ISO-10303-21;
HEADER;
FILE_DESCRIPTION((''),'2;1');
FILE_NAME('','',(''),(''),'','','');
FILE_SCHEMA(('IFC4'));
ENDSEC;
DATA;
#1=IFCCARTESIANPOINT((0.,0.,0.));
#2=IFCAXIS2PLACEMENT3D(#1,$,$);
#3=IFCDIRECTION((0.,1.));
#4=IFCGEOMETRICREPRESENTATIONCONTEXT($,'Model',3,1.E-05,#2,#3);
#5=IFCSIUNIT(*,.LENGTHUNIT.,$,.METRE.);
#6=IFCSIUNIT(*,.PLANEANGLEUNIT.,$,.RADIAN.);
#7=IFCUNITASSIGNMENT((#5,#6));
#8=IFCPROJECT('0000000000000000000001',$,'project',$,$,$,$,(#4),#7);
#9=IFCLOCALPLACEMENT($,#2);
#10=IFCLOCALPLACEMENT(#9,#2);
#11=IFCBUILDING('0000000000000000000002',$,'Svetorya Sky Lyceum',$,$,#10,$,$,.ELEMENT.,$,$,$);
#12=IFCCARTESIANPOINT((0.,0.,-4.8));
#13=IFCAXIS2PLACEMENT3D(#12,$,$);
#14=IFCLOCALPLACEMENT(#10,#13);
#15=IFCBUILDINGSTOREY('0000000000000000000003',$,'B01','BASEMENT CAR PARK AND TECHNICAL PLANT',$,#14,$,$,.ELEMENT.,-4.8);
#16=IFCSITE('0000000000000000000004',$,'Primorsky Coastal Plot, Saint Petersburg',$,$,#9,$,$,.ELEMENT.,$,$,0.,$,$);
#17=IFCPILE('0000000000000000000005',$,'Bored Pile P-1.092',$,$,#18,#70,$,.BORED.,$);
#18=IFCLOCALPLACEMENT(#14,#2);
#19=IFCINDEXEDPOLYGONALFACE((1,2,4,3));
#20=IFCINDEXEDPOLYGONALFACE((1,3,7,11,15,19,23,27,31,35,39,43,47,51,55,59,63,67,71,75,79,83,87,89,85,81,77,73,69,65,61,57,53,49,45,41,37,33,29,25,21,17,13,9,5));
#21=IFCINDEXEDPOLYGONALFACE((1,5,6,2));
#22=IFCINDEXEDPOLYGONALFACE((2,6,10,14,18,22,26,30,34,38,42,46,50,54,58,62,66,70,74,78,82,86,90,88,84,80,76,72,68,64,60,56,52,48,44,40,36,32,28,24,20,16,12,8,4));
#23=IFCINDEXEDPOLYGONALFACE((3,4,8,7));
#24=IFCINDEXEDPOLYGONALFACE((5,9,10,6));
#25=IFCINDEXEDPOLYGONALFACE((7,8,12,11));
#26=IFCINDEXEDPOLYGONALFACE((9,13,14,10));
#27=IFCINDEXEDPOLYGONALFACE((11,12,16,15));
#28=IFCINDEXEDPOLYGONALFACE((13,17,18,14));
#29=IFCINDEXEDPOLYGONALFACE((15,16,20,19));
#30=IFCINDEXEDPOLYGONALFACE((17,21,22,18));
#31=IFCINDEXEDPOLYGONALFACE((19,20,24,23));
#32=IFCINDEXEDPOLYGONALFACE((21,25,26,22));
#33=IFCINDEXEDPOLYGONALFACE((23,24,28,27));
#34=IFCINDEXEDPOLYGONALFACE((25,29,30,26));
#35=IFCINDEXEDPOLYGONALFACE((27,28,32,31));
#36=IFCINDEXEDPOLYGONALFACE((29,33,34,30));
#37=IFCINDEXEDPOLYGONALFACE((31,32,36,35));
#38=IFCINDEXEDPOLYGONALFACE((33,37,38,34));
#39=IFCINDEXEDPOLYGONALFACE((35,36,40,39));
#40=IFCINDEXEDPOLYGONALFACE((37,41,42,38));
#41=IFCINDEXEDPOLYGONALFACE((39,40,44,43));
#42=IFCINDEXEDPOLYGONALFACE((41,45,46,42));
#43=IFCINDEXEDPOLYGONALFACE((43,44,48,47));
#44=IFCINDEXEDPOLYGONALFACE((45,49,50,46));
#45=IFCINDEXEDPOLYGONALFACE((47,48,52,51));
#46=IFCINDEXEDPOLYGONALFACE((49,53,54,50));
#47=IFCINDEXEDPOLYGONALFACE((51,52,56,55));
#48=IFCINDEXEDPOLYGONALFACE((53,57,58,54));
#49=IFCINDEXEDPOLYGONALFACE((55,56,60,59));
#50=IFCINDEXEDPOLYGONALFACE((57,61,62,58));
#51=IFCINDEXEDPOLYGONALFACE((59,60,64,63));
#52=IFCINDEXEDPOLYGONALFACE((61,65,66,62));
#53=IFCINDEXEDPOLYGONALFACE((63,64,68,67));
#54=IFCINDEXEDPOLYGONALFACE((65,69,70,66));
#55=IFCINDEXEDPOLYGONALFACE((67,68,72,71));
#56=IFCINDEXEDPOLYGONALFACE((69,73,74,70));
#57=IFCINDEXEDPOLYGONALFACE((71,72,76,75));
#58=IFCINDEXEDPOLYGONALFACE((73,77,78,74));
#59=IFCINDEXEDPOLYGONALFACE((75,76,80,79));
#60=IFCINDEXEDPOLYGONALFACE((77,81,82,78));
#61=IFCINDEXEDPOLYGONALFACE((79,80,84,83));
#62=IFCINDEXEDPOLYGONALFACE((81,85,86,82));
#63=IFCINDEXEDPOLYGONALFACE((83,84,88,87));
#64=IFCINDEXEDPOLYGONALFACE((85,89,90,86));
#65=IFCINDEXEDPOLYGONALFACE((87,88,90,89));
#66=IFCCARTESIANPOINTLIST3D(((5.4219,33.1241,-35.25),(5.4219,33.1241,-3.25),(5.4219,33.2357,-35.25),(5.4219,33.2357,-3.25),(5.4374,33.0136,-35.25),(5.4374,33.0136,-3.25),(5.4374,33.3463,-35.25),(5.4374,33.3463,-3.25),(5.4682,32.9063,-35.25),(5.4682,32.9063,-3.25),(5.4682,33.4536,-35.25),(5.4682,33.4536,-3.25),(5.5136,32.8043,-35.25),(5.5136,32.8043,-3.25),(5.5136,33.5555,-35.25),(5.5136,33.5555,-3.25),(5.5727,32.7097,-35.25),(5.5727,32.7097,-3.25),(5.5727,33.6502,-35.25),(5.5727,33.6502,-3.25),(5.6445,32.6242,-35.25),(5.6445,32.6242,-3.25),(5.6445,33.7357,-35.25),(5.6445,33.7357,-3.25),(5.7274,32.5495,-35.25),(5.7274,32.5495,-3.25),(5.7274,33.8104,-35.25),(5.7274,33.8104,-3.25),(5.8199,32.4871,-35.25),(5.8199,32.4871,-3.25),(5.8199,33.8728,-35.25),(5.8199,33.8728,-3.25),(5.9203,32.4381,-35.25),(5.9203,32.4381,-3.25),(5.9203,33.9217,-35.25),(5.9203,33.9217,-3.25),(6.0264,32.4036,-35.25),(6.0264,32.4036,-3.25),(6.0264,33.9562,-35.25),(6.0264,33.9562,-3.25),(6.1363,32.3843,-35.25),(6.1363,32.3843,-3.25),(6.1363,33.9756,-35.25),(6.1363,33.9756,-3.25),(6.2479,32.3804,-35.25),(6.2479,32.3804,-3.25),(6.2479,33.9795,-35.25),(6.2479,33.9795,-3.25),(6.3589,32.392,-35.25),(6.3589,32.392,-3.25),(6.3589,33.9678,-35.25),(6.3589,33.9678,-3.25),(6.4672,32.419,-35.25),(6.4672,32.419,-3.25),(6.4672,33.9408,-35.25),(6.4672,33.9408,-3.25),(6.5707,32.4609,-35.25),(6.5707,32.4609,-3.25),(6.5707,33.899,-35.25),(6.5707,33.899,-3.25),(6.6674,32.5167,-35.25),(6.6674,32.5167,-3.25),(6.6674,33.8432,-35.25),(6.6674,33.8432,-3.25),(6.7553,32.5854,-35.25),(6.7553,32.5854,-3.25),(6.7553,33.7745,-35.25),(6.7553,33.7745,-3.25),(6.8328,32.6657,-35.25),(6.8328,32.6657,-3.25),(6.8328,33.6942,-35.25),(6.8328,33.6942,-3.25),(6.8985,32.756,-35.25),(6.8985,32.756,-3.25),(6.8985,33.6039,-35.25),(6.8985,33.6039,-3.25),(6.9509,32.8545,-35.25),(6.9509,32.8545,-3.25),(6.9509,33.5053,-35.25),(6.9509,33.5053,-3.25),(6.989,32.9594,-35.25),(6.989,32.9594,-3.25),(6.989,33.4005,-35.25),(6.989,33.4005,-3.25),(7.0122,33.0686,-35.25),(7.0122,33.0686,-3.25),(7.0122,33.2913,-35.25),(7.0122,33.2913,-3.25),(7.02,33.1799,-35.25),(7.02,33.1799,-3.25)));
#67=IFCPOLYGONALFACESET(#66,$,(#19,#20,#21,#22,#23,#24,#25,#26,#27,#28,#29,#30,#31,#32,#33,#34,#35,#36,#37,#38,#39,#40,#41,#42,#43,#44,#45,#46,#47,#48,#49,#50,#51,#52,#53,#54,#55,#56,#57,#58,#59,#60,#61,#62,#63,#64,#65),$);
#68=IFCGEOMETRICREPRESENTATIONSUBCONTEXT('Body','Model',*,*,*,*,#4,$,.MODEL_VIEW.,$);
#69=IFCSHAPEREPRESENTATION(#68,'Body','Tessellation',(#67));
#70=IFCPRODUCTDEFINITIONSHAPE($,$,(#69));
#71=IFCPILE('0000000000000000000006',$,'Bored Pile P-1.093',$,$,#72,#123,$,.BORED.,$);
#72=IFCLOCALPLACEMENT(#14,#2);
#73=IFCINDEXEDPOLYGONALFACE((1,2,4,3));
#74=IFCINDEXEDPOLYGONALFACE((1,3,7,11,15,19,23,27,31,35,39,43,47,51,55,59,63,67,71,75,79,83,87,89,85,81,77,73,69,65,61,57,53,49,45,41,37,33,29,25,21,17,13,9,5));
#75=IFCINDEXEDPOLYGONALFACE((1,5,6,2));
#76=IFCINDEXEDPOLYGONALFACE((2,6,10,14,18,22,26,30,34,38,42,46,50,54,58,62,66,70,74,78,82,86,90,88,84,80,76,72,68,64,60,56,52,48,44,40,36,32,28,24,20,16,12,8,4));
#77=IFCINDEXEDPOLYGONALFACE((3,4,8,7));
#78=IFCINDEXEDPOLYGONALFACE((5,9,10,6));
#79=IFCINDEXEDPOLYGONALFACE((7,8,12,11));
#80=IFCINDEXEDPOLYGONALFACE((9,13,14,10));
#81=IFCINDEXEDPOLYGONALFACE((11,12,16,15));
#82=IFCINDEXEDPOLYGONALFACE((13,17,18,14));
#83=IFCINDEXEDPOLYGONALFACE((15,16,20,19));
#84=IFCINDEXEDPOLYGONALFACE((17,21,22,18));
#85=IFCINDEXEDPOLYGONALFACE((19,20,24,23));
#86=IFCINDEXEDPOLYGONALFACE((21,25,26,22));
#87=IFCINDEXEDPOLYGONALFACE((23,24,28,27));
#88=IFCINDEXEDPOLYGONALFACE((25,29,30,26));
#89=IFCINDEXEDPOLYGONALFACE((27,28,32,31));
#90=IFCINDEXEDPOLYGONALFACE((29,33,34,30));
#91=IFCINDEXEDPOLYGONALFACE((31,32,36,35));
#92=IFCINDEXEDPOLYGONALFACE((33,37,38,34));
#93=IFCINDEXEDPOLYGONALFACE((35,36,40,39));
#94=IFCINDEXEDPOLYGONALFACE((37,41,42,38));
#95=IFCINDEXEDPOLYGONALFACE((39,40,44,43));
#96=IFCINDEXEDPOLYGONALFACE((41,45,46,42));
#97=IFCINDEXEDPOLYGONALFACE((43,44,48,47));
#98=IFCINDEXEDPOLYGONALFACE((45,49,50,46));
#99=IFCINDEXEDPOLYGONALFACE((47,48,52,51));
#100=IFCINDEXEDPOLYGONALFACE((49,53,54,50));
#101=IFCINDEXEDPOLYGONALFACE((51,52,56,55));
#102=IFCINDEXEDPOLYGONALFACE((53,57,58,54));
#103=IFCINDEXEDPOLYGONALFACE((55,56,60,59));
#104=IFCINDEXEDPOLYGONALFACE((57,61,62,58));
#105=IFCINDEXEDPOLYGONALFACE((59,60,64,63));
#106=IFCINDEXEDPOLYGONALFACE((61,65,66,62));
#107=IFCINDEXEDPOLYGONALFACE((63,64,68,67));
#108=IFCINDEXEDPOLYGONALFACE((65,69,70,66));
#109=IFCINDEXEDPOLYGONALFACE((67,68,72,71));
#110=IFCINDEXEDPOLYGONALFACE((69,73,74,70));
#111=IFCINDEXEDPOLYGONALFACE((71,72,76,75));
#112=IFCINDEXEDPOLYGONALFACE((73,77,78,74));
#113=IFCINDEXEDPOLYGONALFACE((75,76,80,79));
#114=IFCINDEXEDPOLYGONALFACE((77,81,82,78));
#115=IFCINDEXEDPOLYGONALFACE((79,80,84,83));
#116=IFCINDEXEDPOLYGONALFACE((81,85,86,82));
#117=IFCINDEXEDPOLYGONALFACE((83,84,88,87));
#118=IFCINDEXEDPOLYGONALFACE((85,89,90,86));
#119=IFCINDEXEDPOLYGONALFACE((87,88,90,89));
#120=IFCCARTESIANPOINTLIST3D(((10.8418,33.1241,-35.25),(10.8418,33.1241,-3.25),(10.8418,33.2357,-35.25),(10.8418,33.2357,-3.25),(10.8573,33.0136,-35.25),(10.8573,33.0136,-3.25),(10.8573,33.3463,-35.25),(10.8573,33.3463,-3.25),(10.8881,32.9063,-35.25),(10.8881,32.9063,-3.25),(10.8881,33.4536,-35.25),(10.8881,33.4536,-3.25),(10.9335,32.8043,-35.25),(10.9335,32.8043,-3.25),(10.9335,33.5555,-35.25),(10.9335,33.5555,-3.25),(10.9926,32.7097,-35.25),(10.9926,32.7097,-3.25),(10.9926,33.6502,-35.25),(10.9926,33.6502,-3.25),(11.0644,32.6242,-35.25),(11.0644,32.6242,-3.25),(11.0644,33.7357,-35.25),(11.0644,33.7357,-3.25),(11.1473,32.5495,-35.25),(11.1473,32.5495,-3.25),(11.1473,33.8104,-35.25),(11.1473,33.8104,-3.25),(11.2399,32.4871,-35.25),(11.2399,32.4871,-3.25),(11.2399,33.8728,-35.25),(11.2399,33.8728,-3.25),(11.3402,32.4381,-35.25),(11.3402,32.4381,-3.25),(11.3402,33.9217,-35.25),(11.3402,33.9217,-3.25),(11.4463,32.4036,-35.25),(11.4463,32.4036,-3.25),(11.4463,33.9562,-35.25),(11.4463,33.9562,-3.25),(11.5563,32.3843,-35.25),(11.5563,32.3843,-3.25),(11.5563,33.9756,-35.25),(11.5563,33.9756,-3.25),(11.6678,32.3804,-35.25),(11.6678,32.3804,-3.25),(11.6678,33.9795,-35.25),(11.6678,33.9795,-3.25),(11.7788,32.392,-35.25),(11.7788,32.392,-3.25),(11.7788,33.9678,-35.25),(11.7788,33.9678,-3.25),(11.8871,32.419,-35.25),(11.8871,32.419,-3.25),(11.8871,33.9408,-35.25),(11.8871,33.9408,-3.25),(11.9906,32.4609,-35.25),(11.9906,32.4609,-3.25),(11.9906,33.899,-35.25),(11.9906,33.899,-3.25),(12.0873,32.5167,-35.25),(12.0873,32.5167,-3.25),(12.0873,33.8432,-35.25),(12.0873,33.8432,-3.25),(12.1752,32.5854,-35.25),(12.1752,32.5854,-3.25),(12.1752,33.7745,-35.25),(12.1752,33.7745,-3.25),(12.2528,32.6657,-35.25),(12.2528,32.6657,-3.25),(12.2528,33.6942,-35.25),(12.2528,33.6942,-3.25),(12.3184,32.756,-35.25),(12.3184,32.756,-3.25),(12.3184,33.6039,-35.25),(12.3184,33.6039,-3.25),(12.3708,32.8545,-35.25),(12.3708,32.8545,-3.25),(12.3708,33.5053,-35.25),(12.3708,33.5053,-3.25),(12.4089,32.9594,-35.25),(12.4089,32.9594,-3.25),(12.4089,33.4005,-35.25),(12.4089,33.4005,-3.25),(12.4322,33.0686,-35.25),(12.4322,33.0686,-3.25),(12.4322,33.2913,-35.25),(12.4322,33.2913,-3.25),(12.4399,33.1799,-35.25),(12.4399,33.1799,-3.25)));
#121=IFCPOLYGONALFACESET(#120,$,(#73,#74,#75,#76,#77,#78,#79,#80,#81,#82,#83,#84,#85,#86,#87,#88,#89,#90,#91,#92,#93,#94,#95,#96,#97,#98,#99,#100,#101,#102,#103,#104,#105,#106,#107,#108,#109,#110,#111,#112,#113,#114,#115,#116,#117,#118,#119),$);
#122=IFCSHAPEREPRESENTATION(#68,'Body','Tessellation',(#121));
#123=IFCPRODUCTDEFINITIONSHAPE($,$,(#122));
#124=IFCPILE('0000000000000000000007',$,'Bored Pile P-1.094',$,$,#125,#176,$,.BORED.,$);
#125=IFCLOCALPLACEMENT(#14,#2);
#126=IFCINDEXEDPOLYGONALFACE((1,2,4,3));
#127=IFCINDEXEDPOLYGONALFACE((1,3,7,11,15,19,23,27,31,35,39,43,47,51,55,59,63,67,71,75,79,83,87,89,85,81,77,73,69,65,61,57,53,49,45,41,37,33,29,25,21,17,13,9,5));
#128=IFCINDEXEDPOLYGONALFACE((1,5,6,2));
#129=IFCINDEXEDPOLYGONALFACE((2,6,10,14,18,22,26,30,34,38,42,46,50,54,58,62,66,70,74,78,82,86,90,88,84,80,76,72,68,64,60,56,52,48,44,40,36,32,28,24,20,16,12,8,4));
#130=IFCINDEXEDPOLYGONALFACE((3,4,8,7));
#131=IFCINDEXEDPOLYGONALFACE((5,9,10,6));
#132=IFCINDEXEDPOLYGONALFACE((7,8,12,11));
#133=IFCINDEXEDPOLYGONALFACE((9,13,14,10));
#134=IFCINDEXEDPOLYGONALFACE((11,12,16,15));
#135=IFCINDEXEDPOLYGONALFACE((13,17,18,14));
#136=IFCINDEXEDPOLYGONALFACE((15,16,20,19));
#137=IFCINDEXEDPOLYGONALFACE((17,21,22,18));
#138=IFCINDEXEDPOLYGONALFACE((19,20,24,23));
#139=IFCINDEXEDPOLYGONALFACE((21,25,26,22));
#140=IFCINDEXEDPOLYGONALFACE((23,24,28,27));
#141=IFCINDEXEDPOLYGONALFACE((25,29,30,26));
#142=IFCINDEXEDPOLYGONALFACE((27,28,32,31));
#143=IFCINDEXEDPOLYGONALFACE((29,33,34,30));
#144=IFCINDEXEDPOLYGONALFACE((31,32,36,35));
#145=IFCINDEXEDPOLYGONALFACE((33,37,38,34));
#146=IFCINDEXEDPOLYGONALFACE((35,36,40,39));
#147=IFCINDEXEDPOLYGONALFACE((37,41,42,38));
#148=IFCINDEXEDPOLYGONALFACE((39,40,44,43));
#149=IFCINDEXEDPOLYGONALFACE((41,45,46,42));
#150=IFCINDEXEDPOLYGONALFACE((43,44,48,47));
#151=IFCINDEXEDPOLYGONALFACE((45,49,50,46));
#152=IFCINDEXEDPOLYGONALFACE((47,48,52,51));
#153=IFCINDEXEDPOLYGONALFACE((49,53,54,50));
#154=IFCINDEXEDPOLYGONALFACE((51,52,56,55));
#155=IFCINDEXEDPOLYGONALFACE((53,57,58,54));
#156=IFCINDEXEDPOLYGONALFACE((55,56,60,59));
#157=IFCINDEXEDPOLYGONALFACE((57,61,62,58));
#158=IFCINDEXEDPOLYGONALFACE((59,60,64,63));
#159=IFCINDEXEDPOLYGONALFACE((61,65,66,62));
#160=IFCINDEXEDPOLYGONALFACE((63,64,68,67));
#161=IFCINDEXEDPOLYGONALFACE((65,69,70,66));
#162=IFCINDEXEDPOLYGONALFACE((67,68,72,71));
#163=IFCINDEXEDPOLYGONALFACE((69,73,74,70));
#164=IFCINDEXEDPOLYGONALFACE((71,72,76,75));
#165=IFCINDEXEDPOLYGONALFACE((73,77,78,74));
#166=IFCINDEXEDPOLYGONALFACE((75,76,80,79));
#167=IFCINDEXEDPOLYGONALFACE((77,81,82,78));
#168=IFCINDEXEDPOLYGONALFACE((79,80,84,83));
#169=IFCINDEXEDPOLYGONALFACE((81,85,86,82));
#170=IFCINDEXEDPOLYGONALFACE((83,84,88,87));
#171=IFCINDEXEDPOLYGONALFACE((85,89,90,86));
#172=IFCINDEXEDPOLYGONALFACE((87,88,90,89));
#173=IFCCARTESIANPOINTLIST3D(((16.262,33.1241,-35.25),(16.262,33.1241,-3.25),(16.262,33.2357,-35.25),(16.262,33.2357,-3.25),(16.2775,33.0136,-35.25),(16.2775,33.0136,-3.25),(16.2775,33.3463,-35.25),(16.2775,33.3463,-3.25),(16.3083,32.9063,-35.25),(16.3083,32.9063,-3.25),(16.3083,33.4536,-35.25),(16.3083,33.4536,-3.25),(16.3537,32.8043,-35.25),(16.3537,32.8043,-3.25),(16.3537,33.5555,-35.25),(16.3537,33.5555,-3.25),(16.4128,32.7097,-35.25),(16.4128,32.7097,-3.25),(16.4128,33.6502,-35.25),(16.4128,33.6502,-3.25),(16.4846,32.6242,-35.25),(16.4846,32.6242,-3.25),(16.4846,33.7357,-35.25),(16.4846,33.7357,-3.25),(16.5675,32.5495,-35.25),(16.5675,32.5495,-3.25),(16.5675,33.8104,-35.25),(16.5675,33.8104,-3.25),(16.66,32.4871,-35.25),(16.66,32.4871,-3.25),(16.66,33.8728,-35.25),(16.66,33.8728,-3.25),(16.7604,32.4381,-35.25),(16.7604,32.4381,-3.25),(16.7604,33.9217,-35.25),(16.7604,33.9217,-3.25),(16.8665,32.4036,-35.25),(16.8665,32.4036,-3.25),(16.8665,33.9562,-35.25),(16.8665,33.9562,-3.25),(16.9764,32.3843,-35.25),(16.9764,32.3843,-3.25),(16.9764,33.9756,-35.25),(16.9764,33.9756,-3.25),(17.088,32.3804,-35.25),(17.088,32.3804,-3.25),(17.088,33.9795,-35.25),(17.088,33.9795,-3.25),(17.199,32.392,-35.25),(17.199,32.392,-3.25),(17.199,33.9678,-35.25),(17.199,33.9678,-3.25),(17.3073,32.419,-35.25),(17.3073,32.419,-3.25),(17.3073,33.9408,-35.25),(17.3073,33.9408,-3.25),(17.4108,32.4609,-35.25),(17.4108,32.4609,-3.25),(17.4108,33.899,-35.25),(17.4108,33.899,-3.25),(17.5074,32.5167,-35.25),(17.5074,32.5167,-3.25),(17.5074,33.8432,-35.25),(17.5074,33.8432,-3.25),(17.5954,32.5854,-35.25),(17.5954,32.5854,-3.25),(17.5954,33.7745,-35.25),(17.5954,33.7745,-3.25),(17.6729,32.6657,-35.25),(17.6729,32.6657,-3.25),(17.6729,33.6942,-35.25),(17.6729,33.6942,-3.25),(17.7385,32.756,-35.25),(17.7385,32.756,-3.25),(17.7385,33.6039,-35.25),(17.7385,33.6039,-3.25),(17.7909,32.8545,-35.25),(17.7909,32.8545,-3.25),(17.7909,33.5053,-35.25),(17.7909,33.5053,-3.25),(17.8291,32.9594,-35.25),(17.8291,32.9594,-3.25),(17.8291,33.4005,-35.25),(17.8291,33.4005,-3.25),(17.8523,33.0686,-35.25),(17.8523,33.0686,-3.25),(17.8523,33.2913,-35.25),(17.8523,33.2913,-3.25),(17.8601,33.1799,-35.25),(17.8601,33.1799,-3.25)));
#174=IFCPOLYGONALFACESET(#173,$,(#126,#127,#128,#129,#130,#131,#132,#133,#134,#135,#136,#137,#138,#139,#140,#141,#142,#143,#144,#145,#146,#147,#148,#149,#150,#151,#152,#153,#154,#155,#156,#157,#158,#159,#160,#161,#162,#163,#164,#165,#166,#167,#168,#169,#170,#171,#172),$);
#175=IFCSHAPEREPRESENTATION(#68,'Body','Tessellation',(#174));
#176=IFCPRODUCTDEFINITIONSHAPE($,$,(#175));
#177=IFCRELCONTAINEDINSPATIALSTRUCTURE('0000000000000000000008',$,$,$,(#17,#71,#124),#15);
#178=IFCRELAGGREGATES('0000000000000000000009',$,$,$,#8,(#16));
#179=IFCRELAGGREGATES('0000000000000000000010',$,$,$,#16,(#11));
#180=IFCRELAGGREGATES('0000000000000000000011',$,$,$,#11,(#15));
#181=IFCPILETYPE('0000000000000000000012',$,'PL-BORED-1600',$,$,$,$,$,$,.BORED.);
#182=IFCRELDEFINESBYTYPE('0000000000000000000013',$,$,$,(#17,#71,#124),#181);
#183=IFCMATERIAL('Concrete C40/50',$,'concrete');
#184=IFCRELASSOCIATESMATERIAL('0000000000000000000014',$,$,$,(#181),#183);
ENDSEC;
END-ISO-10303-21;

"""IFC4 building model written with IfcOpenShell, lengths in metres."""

from ifc_helpers import new_model, si_unit, direction, frame, origin, origin_2d, place, context, subcontext, project, spatial, circle, extrude, material, material_profile, profile_set, type_object, element, save


model = new_model("IFC4")

# Units and contexts
model_context = context("Model", 3, precision=1e-05, world=origin(), true_north=direction((0.0, 1.0)))
body_context = subcontext(model_context, "Body", "Model", "MODEL_VIEW")
ifc_project = project(units=[si_unit("LENGTHUNIT", "METRE"), si_unit("PLANEANGLEUNIT", "RADIAN")], contexts=[model_context])

# Site, building, storey
site_placement = place(None, origin())
site = spatial("IfcSite", under=ifc_project, at=site_placement, Name="Primorsky Coastal Plot, Saint Petersburg", CompositionType="ELEMENT", RefElevation=0.0)
building_placement = place(site_placement, origin())
building = spatial("IfcBuilding", under=site, at=building_placement, Name="Svetorya Sky Lyceum", CompositionType="ELEMENT")
storey_placement = place(building_placement, frame((0.0, 0.0, -4.8)))
storey = spatial("IfcBuildingStorey", under=building, at=storey_placement, Name="B01", Description="BASEMENT CAR PARK AND TECHNICAL PLANT", CompositionType="ELEMENT", Elevation=-4.8)

# Piles
ifc_material_1 = material(Name="Concrete C40/50", Category="concrete")
ifc_material_profile_1 = material_profile(ifc_material_1, circle(Radius=0.8, at=origin_2d()), Name="RC PILE D1600")
ifc_profile_set_1 = profile_set([ifc_material_profile_1], Name="Concrete C40/50")
pile_type = type_object("IfcPileType", Name="PL-BORED-1600", PredefinedType="BORED", material=ifc_profile_set_1)
for number, where, z_axis, x_axis, name in (
    (1, (6.22, 33.1799, -3.25), (0.0, 0.0, -1.0), (1.0, 0.0, 0.0), "Bored Pile P-1.092"),
    (2, (11.6399, 33.1799, -3.25), (0.0, 0.0, -1.0), (1.0, 0.0, 0.0), "Bored Pile P-1.093"),
    (3, (17.0601, 33.1799, -3.25), (0.0, 0.0, -1.0), (1.0, 0.0, 0.0), "Bored Pile P-1.094"),
):
    element("IfcPile", number, at=place(storey_placement, frame(where, z_axis=z_axis, x_axis=x_axis)), inside=storey, type_object=pile_type, Name=name, PredefinedType="BORED", context=body_context, shape_type="SweptSolid", body=[
        extrude(circle(Radius=0.8, at=origin_2d()), origin(), (0.0, 0.0, 1.0), 32.0),
    ])

save(model, "model.ifc")
